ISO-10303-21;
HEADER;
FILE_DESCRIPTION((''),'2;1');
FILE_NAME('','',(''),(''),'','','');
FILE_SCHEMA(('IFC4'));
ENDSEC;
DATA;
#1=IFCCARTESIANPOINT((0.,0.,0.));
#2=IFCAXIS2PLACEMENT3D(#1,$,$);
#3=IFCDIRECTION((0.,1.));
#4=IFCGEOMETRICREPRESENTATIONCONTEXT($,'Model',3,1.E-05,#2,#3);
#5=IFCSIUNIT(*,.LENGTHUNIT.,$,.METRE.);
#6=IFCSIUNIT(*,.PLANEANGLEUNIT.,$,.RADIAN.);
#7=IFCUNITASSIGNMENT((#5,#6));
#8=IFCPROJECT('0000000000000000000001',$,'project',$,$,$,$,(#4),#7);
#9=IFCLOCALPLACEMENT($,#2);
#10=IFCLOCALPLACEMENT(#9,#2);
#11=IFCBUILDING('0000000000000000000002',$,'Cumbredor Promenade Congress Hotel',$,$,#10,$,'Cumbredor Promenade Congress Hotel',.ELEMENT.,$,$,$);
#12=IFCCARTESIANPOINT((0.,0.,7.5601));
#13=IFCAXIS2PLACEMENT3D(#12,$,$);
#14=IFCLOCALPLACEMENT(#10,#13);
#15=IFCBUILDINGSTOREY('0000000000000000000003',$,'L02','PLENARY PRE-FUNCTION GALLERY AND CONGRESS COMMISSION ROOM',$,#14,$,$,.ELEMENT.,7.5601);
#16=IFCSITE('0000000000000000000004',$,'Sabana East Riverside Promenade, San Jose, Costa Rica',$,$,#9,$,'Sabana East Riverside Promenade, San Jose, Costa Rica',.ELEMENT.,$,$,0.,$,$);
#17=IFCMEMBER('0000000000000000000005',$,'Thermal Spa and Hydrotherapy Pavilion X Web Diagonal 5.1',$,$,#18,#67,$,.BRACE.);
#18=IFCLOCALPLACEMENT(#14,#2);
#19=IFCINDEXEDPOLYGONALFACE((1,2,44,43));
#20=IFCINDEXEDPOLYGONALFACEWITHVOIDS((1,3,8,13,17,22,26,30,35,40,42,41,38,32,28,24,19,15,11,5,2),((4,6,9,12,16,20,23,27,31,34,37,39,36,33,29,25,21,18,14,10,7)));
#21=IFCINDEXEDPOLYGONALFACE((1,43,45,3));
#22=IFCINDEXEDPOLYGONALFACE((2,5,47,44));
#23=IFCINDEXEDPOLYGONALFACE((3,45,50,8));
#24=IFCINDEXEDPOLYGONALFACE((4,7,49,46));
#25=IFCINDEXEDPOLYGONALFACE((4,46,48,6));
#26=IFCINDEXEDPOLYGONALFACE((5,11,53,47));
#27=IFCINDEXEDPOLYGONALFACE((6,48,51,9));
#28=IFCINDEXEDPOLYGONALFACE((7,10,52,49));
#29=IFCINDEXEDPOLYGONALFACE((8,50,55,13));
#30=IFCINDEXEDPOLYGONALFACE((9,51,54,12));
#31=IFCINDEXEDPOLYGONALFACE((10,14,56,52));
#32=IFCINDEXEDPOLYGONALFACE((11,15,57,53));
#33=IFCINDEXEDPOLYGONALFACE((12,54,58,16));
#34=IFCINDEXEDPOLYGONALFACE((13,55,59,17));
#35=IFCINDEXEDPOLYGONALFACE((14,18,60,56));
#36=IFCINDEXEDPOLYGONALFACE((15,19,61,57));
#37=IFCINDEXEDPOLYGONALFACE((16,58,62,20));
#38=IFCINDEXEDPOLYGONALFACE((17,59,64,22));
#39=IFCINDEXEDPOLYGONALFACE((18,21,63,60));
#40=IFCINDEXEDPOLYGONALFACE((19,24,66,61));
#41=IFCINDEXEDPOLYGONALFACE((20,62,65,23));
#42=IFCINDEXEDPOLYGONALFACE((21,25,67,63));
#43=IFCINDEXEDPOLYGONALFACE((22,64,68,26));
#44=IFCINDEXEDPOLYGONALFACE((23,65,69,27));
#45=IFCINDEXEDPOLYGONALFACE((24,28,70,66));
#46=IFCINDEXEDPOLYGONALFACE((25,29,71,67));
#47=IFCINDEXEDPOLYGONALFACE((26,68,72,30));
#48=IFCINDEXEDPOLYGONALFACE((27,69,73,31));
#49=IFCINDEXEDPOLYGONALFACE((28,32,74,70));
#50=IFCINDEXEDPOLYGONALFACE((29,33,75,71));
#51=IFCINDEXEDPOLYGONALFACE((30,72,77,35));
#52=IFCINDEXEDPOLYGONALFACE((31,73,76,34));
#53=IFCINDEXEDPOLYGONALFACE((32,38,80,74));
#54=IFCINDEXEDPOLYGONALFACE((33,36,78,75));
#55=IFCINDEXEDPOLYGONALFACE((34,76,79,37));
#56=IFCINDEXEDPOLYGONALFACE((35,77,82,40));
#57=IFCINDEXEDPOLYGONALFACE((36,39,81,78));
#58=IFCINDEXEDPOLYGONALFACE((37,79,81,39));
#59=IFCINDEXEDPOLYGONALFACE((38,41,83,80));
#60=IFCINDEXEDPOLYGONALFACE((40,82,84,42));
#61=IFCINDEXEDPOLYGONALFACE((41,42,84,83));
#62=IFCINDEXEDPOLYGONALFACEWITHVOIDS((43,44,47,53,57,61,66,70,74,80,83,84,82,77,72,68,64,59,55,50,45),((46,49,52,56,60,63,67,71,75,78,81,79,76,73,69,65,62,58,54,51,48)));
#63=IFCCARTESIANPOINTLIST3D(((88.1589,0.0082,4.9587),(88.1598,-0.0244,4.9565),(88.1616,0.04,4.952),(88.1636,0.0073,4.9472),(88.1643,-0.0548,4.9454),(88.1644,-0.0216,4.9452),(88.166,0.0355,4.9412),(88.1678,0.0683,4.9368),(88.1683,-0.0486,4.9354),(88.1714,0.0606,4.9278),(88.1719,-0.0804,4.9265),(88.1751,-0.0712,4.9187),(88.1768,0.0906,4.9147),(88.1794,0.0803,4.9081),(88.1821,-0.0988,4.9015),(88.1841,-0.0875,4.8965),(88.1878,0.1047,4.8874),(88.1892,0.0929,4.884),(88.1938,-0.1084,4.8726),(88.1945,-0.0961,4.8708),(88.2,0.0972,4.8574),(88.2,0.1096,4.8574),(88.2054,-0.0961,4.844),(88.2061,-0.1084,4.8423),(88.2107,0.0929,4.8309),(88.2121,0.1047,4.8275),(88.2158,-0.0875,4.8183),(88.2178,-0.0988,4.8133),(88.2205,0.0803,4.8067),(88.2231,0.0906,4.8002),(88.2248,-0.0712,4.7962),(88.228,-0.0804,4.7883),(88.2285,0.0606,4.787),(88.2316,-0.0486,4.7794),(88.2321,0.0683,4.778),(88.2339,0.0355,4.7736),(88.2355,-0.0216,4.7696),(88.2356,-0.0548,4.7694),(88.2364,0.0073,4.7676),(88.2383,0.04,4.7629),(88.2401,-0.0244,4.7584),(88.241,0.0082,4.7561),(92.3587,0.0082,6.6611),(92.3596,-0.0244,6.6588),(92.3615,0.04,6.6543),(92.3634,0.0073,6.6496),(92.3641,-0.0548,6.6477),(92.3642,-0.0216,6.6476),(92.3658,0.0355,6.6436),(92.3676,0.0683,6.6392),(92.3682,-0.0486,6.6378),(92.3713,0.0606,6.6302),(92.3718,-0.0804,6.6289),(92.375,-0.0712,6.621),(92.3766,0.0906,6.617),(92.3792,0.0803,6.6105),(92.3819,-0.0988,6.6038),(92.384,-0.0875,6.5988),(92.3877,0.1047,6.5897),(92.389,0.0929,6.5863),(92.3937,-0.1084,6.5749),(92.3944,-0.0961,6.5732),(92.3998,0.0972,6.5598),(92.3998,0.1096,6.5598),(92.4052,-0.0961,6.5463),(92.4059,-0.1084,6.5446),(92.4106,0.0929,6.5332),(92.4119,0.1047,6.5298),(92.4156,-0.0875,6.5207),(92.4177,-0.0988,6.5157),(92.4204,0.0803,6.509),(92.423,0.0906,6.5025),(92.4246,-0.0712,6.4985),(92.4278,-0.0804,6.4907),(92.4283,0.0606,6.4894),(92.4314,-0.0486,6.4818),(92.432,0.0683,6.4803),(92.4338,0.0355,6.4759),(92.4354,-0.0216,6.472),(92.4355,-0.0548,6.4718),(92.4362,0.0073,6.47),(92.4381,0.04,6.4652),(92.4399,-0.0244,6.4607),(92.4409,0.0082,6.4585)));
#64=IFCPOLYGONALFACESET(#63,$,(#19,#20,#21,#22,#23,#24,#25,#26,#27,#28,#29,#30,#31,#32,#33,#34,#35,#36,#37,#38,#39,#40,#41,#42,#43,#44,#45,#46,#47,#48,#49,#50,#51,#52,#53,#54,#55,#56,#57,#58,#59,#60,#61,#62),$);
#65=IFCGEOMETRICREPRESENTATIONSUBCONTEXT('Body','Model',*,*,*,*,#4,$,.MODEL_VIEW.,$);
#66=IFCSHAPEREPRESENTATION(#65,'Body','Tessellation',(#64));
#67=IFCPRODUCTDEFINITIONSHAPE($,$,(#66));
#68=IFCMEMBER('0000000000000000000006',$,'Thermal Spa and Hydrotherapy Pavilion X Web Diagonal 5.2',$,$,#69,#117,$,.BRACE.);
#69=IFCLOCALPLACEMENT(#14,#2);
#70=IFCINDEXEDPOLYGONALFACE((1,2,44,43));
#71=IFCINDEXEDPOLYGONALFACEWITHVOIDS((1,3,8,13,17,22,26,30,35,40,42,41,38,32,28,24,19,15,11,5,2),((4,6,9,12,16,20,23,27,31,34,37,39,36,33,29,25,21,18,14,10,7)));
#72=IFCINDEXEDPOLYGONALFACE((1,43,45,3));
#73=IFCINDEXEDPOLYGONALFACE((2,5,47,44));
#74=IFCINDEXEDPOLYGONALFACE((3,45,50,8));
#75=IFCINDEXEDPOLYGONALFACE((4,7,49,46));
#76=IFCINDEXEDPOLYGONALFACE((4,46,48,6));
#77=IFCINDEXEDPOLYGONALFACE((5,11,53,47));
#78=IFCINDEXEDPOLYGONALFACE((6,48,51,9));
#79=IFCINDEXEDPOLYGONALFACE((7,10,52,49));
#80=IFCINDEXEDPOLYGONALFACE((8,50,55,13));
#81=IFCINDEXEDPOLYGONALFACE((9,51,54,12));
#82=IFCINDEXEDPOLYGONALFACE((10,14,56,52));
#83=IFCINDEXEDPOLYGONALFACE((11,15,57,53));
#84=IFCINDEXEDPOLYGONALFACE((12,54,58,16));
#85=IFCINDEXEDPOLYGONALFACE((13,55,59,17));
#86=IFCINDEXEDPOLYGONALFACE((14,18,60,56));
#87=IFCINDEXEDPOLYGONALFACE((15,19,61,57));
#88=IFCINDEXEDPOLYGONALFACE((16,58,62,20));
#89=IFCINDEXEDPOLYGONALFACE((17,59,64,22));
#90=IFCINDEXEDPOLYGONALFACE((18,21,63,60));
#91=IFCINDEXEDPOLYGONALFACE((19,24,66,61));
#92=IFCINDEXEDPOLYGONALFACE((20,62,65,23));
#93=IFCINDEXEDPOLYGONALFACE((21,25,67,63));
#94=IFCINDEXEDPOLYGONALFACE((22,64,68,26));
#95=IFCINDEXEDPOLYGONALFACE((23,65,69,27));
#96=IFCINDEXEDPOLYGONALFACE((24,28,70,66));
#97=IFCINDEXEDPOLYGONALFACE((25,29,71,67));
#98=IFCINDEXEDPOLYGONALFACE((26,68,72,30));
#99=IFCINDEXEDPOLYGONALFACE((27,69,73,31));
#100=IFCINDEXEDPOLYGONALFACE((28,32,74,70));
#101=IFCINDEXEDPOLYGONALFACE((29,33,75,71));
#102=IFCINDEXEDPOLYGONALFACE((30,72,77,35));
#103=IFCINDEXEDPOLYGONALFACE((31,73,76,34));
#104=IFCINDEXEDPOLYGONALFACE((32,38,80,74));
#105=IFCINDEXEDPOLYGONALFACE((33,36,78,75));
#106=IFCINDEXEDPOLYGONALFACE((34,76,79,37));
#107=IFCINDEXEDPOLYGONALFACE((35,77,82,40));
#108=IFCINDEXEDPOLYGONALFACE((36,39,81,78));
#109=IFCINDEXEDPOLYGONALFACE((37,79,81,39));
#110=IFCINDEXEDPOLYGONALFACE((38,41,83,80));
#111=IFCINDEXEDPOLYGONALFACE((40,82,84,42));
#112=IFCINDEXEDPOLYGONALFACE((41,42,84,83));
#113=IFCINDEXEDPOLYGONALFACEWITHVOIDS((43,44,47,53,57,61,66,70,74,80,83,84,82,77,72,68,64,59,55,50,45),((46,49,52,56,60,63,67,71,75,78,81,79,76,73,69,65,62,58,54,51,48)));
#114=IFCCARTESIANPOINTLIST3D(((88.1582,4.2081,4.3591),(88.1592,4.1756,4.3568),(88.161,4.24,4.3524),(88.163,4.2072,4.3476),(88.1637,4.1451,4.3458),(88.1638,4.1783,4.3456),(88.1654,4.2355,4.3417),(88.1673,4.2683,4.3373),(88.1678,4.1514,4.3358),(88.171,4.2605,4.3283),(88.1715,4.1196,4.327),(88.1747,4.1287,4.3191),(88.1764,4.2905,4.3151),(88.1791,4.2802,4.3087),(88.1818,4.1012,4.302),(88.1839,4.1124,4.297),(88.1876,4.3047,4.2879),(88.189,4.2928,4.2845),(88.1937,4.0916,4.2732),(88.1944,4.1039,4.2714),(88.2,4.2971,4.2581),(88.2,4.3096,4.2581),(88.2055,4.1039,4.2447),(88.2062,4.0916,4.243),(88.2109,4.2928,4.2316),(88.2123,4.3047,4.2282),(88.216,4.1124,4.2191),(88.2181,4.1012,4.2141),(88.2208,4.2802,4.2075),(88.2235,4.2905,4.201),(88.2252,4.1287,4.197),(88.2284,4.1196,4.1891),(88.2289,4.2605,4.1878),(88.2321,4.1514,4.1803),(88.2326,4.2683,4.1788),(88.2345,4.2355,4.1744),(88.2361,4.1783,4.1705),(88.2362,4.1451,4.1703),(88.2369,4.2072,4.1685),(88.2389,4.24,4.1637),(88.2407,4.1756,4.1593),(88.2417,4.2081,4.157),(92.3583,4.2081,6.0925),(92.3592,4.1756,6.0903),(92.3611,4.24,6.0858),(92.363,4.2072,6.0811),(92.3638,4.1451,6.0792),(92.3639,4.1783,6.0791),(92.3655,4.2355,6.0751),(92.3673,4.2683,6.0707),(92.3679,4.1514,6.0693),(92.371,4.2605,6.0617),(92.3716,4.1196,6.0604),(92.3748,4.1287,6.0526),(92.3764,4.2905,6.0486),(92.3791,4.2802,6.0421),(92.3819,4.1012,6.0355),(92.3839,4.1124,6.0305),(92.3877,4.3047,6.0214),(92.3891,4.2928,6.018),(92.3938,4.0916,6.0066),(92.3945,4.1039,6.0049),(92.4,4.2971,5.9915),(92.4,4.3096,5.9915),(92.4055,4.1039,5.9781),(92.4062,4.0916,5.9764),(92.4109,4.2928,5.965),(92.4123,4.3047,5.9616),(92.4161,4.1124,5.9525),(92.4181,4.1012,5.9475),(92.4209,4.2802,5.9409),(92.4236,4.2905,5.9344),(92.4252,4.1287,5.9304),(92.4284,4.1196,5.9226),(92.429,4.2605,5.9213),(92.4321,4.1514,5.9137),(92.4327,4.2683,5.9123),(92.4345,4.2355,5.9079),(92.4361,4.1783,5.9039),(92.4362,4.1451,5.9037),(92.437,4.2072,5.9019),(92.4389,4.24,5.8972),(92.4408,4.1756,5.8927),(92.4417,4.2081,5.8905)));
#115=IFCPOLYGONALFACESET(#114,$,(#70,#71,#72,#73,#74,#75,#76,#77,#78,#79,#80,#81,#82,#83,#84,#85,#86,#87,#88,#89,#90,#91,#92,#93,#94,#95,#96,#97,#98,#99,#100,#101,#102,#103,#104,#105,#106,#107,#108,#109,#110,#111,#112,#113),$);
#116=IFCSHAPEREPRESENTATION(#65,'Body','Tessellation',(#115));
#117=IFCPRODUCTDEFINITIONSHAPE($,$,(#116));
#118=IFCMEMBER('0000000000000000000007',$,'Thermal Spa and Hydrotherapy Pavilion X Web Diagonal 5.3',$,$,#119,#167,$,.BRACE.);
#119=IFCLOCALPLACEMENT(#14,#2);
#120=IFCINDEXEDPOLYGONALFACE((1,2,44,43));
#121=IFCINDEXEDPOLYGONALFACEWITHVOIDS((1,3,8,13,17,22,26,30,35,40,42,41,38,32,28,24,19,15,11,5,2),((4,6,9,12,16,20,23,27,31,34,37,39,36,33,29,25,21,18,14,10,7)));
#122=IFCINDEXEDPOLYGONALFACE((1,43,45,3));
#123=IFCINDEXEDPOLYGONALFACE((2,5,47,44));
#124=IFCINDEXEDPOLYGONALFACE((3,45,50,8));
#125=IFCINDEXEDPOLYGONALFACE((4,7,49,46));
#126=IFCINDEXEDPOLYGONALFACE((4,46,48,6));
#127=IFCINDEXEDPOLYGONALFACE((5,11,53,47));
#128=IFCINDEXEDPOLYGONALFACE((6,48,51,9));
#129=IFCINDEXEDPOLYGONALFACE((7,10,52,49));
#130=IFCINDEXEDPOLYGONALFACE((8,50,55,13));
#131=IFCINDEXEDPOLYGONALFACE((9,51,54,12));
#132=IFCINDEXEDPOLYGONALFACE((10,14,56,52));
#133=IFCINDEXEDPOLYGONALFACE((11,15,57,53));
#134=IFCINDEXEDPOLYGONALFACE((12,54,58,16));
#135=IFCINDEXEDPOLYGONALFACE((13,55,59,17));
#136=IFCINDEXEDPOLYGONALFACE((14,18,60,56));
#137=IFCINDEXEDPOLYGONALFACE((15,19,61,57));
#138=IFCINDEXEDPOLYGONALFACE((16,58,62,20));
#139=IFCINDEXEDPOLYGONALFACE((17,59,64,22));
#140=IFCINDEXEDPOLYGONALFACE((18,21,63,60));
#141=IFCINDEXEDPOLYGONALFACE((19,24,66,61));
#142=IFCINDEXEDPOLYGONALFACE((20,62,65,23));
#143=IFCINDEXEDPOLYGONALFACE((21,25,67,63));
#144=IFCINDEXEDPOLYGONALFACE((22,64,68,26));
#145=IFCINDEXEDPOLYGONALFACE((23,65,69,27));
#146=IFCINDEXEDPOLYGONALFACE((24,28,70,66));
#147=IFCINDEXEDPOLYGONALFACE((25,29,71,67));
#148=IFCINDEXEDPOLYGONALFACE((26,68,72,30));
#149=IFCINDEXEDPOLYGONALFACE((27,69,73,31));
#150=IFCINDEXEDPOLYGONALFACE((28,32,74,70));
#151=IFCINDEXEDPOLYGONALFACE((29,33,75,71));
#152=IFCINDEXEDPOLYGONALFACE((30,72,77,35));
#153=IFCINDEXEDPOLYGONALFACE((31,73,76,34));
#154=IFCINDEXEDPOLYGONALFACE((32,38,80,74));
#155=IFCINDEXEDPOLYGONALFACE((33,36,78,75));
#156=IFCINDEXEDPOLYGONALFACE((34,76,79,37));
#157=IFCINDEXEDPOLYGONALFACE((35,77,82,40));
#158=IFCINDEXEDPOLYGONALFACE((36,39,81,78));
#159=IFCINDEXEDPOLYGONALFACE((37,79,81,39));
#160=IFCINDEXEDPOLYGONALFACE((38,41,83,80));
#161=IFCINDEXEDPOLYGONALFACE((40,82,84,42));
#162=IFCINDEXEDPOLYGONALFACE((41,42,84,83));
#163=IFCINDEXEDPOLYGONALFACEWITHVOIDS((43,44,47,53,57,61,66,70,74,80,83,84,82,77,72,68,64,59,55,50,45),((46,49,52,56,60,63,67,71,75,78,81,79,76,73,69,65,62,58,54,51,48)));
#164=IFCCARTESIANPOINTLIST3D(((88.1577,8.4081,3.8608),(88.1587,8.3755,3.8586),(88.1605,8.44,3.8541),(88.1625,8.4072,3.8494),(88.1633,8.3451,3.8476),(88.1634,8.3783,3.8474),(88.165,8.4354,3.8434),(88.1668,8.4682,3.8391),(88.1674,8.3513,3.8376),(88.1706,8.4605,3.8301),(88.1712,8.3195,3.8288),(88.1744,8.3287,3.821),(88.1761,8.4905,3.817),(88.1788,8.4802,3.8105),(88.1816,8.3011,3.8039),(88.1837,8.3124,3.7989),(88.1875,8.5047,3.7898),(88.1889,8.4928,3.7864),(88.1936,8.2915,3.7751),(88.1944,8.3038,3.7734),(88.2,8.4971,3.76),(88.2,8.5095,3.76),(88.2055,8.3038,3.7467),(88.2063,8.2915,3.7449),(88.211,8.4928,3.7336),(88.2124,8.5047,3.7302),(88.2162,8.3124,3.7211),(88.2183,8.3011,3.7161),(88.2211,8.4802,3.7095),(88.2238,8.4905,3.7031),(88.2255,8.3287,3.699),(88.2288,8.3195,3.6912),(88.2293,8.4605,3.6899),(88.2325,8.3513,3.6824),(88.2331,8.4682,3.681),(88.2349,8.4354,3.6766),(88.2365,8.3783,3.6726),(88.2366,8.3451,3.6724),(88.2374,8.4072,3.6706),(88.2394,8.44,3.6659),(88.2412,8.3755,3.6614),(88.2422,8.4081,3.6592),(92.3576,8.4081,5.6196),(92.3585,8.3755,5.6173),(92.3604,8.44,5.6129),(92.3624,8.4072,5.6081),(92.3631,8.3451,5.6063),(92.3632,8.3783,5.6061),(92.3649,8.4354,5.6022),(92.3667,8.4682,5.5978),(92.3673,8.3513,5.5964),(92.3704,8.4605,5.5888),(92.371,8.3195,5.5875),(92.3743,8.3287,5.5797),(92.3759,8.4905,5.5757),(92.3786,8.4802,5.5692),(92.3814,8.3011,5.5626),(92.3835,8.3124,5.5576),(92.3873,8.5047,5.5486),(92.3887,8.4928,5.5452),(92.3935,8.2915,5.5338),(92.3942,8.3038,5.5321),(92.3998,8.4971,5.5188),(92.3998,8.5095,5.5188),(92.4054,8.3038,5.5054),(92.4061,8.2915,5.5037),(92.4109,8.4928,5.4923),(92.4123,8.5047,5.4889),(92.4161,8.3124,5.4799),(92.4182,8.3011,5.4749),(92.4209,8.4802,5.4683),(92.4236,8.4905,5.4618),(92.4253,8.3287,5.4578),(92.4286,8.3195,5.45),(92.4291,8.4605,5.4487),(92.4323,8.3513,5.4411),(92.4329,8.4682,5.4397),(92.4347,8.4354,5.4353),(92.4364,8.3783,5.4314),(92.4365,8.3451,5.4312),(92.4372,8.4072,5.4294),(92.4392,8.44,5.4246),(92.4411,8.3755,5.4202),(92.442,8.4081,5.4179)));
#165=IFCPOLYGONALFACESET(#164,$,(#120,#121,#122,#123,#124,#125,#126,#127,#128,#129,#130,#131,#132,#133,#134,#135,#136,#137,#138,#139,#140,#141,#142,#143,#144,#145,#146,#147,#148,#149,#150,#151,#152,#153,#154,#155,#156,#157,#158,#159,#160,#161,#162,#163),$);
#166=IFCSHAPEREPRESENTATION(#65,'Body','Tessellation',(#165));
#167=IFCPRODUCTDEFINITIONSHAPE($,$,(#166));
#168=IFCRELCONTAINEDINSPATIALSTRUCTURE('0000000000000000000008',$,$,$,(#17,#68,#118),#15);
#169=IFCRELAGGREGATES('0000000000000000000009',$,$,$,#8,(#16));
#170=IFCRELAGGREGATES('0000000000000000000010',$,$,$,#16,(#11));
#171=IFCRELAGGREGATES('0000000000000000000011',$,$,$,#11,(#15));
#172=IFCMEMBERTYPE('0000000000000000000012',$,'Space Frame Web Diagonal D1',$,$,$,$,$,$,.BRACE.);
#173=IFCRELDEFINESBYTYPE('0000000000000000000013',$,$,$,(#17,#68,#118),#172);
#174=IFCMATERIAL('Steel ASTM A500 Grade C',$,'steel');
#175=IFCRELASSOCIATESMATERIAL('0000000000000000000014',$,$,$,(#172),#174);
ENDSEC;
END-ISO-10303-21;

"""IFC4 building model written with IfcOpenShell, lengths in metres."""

from ifc_helpers import new_model, si_unit, direction, frame, origin, origin_2d, place, context, subcontext, project, spatial, hollow_circle, extrude, material, material_profile, profile_set, type_object, element, save


model = new_model("IFC4")

# Units and contexts
model_context = context("Model", 3, precision=1e-05, world=origin(), true_north=direction((0.0, 1.0)))
body_context = subcontext(model_context, "Body", "Model", "MODEL_VIEW")
ifc_project = project(units=[si_unit("LENGTHUNIT", "METRE"), si_unit("PLANEANGLEUNIT", "RADIAN")], contexts=[model_context])

# Site, building, storey
site_placement = place(None, origin())
site = spatial("IfcSite", under=ifc_project, at=site_placement, Name="Sabana East Riverside Promenade, San Jose, Costa Rica", LongName="Sabana East Riverside Promenade, San Jose, Costa Rica", CompositionType="ELEMENT", RefElevation=0.0)
building_placement = place(site_placement, origin())
building = spatial("IfcBuilding", under=site, at=building_placement, Name="Cumbredor Promenade Congress Hotel", LongName="Cumbredor Promenade Congress Hotel", CompositionType="ELEMENT")
storey_placement = place(building_placement, frame((0.0, 0.0, 7.5601)))
storey = spatial("IfcBuildingStorey", under=building, at=storey_placement, Name="L02", Description="PLENARY PRE-FUNCTION GALLERY AND CONGRESS COMMISSION ROOM", CompositionType="ELEMENT", Elevation=7.5601)

# Members
ifc_material_1 = material(Name="Steel ASTM A500 Grade C", Category="steel")
ifc_material_profile_1 = material_profile(ifc_material_1, hollow_circle(Radius=0.1096, WallThickness=0.0125, at=origin_2d()), Name="CHS 219.1x12.5")
ifc_profile_set_1 = profile_set([ifc_material_profile_1], Name="Steel ASTM A500 Grade C")
member_type_1 = type_object("IfcMemberType", Name="Space Frame Web Diagonal D1", PredefinedType="BRACE", material=ifc_profile_set_1)
member_1_placement = place(storey_placement, frame((88.2, 0.0, 4.8574), z_axis=(0.926762, 0.0, 0.37565), x_axis=(0.0, 1.0, 0.0)))
element("IfcMember", 1, at=member_1_placement, inside=storey, type_object=member_type_1, Name="Thermal Spa and Hydrotherapy Pavilion X Web Diagonal 5.1", PredefinedType="BRACE", context=body_context, shape_type="SweptSolid", body=[
    extrude(hollow_circle(Radius=0.1096, WallThickness=0.0125, at=origin_2d()), origin(), (0.0, 0.0, 1.0), 4.5317),
])
member_2_placement = place(storey_placement, frame((88.2, 4.2, 4.2581), z_axis=(0.924367, 0.0, 0.381504), x_axis=(0.0, 1.0, 0.0)))
element("IfcMember", 2, at=member_2_placement, inside=storey, type_object=member_type_1, Name="Thermal Spa and Hydrotherapy Pavilion X Web Diagonal 5.2", PredefinedType="BRACE", context=body_context, shape_type="SweptSolid", body=[
    extrude(hollow_circle(Radius=0.1096, WallThickness=0.0125, at=origin_2d()), origin(), (0.0, 0.0, 1.0), 4.5437),
])
member_3_placement = place(storey_placement, frame((88.2, 8.3999, 3.76), z_axis=(0.922389, 0.0, 0.386263), x_axis=(0.0, 1.0, 0.0)))
element("IfcMember", 3, at=member_3_placement, inside=storey, type_object=member_type_1, Name="Thermal Spa and Hydrotherapy Pavilion X Web Diagonal 5.3", PredefinedType="BRACE", context=body_context, shape_type="SweptSolid", body=[
    extrude(hollow_circle(Radius=0.1096, WallThickness=0.0125, at=origin_2d()), origin(), (0.0, 0.0, 1.0), 4.5532),
])

save(model, "model.ifc")
